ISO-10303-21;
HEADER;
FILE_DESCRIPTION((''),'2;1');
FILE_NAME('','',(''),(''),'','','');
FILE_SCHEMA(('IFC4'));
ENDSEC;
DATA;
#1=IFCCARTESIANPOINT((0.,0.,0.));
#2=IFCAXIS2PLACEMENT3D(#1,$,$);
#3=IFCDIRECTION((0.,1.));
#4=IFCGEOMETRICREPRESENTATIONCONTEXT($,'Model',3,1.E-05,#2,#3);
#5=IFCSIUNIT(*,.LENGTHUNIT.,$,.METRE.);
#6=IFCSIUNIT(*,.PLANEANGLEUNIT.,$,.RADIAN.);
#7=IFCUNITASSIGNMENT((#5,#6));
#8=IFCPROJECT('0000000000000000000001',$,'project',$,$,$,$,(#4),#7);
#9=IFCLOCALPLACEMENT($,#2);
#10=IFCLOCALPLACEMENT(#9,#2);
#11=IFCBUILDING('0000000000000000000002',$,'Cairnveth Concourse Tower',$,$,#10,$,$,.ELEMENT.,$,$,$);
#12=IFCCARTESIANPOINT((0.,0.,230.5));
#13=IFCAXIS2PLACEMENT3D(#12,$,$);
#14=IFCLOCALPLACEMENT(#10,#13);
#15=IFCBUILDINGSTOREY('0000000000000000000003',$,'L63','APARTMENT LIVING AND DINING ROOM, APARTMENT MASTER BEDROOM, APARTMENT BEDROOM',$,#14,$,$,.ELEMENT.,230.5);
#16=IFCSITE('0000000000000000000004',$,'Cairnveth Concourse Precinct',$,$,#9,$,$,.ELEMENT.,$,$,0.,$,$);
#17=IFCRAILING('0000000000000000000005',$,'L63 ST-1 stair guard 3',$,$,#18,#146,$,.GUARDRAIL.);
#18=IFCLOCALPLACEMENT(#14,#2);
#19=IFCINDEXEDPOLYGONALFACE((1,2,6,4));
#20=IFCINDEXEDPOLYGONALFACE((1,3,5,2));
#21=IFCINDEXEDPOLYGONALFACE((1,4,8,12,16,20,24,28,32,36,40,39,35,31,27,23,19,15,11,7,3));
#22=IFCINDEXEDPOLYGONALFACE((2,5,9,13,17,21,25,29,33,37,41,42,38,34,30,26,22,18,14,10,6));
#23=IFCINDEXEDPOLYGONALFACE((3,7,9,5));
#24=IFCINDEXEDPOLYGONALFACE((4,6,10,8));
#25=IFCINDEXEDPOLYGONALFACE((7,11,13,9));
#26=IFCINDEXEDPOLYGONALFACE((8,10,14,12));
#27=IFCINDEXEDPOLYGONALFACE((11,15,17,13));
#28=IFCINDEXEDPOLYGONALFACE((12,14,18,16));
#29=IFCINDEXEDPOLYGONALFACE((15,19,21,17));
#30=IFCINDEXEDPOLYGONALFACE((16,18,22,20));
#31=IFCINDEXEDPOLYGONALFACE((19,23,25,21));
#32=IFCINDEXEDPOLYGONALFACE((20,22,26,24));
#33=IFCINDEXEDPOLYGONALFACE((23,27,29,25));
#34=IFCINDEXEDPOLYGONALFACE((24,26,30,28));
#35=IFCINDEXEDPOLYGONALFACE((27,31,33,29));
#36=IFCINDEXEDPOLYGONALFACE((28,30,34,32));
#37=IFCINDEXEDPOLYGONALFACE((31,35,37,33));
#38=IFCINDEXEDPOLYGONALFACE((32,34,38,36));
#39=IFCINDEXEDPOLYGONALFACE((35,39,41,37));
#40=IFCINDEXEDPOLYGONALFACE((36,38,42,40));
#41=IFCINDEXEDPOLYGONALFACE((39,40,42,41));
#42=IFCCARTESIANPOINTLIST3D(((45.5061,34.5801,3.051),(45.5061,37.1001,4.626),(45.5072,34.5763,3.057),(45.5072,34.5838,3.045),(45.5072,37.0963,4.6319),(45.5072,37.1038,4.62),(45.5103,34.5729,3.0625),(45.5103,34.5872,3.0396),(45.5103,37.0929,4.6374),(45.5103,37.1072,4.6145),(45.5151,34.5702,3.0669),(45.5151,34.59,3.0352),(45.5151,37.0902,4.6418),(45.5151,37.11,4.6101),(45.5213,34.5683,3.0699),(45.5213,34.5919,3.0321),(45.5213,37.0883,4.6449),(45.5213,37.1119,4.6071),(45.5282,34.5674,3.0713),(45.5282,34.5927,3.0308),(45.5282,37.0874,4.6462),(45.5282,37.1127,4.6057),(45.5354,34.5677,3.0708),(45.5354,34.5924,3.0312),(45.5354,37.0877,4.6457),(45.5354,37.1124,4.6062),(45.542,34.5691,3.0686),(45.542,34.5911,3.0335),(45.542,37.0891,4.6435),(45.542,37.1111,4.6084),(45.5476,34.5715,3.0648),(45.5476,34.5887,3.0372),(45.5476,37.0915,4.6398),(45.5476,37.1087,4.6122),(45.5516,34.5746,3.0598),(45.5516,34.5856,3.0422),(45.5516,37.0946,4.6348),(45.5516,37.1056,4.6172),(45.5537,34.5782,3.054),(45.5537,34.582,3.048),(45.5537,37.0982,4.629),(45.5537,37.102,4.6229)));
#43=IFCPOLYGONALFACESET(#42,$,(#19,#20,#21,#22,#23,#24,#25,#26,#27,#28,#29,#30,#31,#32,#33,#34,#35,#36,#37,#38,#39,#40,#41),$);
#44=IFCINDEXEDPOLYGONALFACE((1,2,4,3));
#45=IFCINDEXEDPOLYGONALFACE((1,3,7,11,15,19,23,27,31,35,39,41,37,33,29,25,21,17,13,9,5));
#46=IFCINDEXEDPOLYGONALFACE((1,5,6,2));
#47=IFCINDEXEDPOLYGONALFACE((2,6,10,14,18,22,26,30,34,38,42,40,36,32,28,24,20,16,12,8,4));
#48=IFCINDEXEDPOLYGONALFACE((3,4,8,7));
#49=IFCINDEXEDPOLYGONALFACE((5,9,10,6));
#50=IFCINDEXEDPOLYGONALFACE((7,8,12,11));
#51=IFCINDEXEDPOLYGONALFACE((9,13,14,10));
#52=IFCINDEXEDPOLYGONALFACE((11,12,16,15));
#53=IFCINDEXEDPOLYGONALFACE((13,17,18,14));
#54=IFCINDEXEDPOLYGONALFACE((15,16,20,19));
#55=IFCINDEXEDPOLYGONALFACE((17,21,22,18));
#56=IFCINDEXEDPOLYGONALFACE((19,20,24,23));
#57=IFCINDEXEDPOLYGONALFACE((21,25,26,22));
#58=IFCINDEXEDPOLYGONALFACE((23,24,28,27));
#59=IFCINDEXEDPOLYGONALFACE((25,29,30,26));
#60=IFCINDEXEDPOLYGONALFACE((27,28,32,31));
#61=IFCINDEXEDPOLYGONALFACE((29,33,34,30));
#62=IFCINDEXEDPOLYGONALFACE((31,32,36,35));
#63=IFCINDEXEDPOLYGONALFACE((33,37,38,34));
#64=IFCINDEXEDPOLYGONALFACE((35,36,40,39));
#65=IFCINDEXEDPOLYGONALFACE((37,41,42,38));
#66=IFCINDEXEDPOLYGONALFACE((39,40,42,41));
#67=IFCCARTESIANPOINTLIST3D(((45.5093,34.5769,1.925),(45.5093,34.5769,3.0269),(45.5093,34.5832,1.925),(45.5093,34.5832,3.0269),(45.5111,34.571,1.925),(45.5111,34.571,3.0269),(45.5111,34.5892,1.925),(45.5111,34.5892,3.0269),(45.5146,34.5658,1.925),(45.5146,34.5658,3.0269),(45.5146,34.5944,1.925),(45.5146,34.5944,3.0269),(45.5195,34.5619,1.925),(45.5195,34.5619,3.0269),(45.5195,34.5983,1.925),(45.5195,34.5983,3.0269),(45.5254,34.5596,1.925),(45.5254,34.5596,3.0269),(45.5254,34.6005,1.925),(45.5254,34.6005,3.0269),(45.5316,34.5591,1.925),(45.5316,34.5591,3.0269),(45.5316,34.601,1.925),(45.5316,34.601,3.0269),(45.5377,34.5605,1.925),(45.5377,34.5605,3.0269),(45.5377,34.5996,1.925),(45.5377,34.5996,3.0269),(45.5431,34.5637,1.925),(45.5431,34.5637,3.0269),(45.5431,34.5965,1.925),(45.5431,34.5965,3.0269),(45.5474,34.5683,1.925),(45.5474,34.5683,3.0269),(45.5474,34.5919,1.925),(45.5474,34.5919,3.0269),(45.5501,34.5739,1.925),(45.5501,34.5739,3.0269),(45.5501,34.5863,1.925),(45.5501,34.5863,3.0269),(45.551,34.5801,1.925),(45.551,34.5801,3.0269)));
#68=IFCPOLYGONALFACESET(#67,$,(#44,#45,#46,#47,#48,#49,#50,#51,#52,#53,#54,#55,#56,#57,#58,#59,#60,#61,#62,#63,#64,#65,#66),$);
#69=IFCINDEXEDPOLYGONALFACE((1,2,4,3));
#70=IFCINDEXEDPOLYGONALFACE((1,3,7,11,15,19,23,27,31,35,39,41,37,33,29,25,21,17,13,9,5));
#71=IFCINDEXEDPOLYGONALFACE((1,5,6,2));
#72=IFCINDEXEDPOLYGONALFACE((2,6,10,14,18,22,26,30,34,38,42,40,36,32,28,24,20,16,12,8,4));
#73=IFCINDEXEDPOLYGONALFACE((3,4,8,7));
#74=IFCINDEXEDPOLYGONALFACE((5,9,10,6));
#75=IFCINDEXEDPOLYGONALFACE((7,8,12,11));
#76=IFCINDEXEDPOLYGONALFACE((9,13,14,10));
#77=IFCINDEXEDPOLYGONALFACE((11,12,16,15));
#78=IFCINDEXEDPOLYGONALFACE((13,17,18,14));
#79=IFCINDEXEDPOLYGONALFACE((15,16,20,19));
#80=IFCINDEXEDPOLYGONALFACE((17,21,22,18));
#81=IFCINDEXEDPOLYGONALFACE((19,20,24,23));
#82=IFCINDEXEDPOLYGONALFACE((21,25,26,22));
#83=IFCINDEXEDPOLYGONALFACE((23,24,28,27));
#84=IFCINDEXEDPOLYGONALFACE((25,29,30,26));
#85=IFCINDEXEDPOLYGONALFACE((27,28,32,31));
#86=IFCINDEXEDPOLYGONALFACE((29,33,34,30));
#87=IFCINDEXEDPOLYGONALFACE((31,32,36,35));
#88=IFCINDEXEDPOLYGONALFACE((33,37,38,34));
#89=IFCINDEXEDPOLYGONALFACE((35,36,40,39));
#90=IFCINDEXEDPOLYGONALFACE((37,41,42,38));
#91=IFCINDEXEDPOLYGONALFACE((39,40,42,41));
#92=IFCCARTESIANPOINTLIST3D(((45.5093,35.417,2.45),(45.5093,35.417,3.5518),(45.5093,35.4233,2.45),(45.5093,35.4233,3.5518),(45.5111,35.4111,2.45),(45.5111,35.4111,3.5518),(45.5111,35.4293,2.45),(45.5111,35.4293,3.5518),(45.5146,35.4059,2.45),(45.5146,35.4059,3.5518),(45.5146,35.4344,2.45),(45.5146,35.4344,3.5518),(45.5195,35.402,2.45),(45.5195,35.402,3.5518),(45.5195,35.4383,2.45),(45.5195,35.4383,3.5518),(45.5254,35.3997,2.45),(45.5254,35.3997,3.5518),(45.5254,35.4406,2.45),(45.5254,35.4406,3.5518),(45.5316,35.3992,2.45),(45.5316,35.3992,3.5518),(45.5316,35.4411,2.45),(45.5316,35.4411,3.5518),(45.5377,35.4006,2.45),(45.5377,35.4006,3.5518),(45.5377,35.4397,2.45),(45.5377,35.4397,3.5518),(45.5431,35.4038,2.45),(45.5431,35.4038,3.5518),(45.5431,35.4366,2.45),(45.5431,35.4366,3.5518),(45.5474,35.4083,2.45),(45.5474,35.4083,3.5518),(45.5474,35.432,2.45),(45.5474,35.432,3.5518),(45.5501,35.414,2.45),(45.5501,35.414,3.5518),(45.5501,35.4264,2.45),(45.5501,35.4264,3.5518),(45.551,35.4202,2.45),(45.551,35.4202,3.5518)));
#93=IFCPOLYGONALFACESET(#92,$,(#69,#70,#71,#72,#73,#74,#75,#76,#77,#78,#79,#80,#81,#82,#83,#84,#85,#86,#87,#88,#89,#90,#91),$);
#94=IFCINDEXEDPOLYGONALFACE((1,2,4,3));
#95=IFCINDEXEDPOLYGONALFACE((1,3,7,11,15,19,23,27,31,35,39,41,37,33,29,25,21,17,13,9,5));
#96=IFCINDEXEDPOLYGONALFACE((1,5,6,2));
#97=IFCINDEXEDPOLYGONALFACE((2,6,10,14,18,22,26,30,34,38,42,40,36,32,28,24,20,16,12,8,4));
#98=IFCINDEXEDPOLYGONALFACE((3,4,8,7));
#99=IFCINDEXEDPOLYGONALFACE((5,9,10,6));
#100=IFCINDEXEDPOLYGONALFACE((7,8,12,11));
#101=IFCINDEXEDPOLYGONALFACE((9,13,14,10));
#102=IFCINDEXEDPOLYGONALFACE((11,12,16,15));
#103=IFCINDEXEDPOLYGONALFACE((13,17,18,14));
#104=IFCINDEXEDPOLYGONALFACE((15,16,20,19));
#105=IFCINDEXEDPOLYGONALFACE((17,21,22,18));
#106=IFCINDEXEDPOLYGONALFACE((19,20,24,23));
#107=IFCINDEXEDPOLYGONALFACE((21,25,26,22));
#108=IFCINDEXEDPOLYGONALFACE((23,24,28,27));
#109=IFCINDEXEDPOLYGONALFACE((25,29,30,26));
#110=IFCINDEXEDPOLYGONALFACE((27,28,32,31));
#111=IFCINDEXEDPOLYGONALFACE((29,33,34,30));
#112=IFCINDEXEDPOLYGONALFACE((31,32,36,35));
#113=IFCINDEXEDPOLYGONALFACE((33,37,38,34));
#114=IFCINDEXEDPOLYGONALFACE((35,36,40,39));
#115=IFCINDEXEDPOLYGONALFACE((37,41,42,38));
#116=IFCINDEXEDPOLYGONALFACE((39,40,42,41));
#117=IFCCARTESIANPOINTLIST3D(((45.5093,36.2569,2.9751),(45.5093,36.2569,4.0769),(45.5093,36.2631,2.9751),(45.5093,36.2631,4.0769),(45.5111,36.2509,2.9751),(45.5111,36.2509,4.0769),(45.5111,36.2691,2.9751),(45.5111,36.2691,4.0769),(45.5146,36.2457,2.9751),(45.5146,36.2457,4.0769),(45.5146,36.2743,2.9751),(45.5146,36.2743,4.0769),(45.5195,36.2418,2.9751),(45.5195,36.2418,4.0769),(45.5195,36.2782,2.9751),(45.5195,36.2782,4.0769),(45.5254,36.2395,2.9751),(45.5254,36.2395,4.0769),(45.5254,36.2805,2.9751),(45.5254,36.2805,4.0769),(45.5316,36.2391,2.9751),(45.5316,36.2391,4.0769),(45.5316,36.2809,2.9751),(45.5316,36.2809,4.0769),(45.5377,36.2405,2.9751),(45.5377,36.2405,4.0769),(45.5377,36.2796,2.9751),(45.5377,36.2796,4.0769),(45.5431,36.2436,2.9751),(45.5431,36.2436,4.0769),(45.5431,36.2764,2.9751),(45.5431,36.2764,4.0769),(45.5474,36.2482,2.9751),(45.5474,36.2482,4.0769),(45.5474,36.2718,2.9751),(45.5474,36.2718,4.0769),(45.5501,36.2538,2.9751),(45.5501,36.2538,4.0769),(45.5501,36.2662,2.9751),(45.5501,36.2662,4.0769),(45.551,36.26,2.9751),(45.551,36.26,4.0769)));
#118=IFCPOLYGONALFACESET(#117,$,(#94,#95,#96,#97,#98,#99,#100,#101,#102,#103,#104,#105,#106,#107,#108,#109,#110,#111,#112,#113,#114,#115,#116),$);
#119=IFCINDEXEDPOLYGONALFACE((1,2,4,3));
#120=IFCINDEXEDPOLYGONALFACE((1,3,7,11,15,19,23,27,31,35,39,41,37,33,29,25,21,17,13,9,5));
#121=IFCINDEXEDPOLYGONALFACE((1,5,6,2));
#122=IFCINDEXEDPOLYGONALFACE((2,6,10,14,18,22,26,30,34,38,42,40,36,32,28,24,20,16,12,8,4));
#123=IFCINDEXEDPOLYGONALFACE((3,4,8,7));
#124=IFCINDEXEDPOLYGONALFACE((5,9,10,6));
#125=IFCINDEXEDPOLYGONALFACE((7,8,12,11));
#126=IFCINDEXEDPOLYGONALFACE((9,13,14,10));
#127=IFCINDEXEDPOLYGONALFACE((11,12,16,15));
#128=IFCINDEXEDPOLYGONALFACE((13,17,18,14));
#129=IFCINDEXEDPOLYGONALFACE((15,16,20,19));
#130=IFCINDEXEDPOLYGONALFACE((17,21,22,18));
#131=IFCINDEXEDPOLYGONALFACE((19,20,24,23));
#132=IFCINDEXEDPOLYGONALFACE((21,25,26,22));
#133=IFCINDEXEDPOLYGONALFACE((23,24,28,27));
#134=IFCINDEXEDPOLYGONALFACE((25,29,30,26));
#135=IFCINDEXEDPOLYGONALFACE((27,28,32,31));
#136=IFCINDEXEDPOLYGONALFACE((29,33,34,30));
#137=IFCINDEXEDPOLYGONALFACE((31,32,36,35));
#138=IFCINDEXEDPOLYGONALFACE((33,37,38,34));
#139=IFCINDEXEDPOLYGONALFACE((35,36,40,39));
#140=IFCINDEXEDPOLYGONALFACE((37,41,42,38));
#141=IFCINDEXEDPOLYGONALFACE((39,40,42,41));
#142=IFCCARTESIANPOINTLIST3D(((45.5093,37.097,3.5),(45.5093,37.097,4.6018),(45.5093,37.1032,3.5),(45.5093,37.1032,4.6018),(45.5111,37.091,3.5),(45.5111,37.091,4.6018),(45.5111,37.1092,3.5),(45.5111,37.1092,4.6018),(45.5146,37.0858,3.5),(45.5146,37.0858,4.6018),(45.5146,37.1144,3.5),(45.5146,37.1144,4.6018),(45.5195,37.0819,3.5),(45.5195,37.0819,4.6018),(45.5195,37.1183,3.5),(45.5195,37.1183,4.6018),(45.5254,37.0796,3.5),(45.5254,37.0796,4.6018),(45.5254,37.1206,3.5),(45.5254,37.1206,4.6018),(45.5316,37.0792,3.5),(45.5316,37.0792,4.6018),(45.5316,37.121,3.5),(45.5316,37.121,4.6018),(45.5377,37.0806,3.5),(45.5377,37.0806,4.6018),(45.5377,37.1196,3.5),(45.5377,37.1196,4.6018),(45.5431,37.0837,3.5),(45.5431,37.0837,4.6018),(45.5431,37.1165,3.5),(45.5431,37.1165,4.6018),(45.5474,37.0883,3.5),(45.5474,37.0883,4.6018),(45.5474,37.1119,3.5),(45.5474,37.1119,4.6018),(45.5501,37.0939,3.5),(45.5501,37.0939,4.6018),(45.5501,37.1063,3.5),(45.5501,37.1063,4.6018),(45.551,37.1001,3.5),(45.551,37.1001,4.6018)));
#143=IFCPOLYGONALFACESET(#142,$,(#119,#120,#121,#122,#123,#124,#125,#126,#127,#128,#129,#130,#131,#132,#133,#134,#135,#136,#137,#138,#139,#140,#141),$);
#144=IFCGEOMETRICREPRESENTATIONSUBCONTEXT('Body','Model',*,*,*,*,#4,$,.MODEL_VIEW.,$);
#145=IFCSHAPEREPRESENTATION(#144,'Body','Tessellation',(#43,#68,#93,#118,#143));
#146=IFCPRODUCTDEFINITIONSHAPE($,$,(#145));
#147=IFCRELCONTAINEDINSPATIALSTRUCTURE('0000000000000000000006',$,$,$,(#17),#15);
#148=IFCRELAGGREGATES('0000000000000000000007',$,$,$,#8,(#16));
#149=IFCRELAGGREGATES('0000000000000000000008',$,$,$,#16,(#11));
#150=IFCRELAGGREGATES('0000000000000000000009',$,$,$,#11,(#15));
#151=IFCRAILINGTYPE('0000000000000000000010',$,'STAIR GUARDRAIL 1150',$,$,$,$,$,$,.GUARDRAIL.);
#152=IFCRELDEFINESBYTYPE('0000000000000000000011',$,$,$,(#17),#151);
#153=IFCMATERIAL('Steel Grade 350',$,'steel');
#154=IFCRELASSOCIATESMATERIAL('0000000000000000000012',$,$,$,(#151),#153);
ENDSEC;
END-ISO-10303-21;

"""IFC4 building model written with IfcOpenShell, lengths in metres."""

from ifc_helpers import new_model, si_unit, direction, frame, origin, origin_2d, place, context, subcontext, project, spatial, circle, extrude, material, type_object, element, save


model = new_model("IFC4")

# Units and contexts
model_context = context("Model", 3, precision=1e-05, world=origin(), true_north=direction((0.0, 1.0)))
body_context = subcontext(model_context, "Body", "Model", "MODEL_VIEW")
ifc_project = project(units=[si_unit("LENGTHUNIT", "METRE"), si_unit("PLANEANGLEUNIT", "RADIAN")], contexts=[model_context])

# Site, building, storey
site_placement = place(None, origin())
site = spatial("IfcSite", under=ifc_project, at=site_placement, Name="Cairnveth Concourse Precinct", CompositionType="ELEMENT", RefElevation=0.0)
building_placement = place(site_placement, origin())
building = spatial("IfcBuilding", under=site, at=building_placement, Name="Cairnveth Concourse Tower", CompositionType="ELEMENT")
storey_placement = place(building_placement, frame((0.0, 0.0, 230.5)))
storey = spatial("IfcBuildingStorey", under=building, at=storey_placement, Name="L63", Description="APARTMENT LIVING AND DINING ROOM, APARTMENT MASTER BEDROOM, APARTMENT BEDROOM", CompositionType="ELEMENT", Elevation=230.5)

# Shared definitions
ifc_material_1 = material(Name="Steel Grade 350", Category="steel")

# Railing
railing_type_1 = type_object("IfcRailingType", Name="STAIR GUARDRAIL 1150", PredefinedType="GUARDRAIL", material=ifc_material_1)
railing_1_placement = place(storey_placement, frame((45.53, 34.5801, 1.925)))
element("IfcRailing", 1, at=railing_1_placement, inside=storey, type_object=railing_type_1, Name="L63 ST-1 stair guard 3", PredefinedType="GUARDRAIL", context=body_context, shape_type="SweptSolid", body=[
    extrude(circle(Radius=0.0239, at=origin_2d()), frame((0.0, 0.0, 1.126), z_axis=(0.0, 0.848008, 0.529984), x_axis=(-1.0, 0.0, 0.0)), (0.0, 0.0, 1.0), 2.9717),
    extrude(circle(Radius=0.021, at=origin_2d()), origin(), (0.0, 0.0, 1.0), 1.1018),
    extrude(circle(Radius=0.021, at=origin_2d()), frame((0.0, 0.8401, 0.5249)), (0.0, 0.0, 1.0), 1.1018),
    extrude(circle(Radius=0.021, at=origin_2d()), frame((0.0, 1.6799, 1.05)), (0.0, 0.0, 1.0), 1.1018),
    extrude(circle(Radius=0.021, at=origin_2d()), frame((0.0, 2.52, 1.575)), (0.0, 0.0, 1.0), 1.1018),
])

save(model, "model.ifc")
